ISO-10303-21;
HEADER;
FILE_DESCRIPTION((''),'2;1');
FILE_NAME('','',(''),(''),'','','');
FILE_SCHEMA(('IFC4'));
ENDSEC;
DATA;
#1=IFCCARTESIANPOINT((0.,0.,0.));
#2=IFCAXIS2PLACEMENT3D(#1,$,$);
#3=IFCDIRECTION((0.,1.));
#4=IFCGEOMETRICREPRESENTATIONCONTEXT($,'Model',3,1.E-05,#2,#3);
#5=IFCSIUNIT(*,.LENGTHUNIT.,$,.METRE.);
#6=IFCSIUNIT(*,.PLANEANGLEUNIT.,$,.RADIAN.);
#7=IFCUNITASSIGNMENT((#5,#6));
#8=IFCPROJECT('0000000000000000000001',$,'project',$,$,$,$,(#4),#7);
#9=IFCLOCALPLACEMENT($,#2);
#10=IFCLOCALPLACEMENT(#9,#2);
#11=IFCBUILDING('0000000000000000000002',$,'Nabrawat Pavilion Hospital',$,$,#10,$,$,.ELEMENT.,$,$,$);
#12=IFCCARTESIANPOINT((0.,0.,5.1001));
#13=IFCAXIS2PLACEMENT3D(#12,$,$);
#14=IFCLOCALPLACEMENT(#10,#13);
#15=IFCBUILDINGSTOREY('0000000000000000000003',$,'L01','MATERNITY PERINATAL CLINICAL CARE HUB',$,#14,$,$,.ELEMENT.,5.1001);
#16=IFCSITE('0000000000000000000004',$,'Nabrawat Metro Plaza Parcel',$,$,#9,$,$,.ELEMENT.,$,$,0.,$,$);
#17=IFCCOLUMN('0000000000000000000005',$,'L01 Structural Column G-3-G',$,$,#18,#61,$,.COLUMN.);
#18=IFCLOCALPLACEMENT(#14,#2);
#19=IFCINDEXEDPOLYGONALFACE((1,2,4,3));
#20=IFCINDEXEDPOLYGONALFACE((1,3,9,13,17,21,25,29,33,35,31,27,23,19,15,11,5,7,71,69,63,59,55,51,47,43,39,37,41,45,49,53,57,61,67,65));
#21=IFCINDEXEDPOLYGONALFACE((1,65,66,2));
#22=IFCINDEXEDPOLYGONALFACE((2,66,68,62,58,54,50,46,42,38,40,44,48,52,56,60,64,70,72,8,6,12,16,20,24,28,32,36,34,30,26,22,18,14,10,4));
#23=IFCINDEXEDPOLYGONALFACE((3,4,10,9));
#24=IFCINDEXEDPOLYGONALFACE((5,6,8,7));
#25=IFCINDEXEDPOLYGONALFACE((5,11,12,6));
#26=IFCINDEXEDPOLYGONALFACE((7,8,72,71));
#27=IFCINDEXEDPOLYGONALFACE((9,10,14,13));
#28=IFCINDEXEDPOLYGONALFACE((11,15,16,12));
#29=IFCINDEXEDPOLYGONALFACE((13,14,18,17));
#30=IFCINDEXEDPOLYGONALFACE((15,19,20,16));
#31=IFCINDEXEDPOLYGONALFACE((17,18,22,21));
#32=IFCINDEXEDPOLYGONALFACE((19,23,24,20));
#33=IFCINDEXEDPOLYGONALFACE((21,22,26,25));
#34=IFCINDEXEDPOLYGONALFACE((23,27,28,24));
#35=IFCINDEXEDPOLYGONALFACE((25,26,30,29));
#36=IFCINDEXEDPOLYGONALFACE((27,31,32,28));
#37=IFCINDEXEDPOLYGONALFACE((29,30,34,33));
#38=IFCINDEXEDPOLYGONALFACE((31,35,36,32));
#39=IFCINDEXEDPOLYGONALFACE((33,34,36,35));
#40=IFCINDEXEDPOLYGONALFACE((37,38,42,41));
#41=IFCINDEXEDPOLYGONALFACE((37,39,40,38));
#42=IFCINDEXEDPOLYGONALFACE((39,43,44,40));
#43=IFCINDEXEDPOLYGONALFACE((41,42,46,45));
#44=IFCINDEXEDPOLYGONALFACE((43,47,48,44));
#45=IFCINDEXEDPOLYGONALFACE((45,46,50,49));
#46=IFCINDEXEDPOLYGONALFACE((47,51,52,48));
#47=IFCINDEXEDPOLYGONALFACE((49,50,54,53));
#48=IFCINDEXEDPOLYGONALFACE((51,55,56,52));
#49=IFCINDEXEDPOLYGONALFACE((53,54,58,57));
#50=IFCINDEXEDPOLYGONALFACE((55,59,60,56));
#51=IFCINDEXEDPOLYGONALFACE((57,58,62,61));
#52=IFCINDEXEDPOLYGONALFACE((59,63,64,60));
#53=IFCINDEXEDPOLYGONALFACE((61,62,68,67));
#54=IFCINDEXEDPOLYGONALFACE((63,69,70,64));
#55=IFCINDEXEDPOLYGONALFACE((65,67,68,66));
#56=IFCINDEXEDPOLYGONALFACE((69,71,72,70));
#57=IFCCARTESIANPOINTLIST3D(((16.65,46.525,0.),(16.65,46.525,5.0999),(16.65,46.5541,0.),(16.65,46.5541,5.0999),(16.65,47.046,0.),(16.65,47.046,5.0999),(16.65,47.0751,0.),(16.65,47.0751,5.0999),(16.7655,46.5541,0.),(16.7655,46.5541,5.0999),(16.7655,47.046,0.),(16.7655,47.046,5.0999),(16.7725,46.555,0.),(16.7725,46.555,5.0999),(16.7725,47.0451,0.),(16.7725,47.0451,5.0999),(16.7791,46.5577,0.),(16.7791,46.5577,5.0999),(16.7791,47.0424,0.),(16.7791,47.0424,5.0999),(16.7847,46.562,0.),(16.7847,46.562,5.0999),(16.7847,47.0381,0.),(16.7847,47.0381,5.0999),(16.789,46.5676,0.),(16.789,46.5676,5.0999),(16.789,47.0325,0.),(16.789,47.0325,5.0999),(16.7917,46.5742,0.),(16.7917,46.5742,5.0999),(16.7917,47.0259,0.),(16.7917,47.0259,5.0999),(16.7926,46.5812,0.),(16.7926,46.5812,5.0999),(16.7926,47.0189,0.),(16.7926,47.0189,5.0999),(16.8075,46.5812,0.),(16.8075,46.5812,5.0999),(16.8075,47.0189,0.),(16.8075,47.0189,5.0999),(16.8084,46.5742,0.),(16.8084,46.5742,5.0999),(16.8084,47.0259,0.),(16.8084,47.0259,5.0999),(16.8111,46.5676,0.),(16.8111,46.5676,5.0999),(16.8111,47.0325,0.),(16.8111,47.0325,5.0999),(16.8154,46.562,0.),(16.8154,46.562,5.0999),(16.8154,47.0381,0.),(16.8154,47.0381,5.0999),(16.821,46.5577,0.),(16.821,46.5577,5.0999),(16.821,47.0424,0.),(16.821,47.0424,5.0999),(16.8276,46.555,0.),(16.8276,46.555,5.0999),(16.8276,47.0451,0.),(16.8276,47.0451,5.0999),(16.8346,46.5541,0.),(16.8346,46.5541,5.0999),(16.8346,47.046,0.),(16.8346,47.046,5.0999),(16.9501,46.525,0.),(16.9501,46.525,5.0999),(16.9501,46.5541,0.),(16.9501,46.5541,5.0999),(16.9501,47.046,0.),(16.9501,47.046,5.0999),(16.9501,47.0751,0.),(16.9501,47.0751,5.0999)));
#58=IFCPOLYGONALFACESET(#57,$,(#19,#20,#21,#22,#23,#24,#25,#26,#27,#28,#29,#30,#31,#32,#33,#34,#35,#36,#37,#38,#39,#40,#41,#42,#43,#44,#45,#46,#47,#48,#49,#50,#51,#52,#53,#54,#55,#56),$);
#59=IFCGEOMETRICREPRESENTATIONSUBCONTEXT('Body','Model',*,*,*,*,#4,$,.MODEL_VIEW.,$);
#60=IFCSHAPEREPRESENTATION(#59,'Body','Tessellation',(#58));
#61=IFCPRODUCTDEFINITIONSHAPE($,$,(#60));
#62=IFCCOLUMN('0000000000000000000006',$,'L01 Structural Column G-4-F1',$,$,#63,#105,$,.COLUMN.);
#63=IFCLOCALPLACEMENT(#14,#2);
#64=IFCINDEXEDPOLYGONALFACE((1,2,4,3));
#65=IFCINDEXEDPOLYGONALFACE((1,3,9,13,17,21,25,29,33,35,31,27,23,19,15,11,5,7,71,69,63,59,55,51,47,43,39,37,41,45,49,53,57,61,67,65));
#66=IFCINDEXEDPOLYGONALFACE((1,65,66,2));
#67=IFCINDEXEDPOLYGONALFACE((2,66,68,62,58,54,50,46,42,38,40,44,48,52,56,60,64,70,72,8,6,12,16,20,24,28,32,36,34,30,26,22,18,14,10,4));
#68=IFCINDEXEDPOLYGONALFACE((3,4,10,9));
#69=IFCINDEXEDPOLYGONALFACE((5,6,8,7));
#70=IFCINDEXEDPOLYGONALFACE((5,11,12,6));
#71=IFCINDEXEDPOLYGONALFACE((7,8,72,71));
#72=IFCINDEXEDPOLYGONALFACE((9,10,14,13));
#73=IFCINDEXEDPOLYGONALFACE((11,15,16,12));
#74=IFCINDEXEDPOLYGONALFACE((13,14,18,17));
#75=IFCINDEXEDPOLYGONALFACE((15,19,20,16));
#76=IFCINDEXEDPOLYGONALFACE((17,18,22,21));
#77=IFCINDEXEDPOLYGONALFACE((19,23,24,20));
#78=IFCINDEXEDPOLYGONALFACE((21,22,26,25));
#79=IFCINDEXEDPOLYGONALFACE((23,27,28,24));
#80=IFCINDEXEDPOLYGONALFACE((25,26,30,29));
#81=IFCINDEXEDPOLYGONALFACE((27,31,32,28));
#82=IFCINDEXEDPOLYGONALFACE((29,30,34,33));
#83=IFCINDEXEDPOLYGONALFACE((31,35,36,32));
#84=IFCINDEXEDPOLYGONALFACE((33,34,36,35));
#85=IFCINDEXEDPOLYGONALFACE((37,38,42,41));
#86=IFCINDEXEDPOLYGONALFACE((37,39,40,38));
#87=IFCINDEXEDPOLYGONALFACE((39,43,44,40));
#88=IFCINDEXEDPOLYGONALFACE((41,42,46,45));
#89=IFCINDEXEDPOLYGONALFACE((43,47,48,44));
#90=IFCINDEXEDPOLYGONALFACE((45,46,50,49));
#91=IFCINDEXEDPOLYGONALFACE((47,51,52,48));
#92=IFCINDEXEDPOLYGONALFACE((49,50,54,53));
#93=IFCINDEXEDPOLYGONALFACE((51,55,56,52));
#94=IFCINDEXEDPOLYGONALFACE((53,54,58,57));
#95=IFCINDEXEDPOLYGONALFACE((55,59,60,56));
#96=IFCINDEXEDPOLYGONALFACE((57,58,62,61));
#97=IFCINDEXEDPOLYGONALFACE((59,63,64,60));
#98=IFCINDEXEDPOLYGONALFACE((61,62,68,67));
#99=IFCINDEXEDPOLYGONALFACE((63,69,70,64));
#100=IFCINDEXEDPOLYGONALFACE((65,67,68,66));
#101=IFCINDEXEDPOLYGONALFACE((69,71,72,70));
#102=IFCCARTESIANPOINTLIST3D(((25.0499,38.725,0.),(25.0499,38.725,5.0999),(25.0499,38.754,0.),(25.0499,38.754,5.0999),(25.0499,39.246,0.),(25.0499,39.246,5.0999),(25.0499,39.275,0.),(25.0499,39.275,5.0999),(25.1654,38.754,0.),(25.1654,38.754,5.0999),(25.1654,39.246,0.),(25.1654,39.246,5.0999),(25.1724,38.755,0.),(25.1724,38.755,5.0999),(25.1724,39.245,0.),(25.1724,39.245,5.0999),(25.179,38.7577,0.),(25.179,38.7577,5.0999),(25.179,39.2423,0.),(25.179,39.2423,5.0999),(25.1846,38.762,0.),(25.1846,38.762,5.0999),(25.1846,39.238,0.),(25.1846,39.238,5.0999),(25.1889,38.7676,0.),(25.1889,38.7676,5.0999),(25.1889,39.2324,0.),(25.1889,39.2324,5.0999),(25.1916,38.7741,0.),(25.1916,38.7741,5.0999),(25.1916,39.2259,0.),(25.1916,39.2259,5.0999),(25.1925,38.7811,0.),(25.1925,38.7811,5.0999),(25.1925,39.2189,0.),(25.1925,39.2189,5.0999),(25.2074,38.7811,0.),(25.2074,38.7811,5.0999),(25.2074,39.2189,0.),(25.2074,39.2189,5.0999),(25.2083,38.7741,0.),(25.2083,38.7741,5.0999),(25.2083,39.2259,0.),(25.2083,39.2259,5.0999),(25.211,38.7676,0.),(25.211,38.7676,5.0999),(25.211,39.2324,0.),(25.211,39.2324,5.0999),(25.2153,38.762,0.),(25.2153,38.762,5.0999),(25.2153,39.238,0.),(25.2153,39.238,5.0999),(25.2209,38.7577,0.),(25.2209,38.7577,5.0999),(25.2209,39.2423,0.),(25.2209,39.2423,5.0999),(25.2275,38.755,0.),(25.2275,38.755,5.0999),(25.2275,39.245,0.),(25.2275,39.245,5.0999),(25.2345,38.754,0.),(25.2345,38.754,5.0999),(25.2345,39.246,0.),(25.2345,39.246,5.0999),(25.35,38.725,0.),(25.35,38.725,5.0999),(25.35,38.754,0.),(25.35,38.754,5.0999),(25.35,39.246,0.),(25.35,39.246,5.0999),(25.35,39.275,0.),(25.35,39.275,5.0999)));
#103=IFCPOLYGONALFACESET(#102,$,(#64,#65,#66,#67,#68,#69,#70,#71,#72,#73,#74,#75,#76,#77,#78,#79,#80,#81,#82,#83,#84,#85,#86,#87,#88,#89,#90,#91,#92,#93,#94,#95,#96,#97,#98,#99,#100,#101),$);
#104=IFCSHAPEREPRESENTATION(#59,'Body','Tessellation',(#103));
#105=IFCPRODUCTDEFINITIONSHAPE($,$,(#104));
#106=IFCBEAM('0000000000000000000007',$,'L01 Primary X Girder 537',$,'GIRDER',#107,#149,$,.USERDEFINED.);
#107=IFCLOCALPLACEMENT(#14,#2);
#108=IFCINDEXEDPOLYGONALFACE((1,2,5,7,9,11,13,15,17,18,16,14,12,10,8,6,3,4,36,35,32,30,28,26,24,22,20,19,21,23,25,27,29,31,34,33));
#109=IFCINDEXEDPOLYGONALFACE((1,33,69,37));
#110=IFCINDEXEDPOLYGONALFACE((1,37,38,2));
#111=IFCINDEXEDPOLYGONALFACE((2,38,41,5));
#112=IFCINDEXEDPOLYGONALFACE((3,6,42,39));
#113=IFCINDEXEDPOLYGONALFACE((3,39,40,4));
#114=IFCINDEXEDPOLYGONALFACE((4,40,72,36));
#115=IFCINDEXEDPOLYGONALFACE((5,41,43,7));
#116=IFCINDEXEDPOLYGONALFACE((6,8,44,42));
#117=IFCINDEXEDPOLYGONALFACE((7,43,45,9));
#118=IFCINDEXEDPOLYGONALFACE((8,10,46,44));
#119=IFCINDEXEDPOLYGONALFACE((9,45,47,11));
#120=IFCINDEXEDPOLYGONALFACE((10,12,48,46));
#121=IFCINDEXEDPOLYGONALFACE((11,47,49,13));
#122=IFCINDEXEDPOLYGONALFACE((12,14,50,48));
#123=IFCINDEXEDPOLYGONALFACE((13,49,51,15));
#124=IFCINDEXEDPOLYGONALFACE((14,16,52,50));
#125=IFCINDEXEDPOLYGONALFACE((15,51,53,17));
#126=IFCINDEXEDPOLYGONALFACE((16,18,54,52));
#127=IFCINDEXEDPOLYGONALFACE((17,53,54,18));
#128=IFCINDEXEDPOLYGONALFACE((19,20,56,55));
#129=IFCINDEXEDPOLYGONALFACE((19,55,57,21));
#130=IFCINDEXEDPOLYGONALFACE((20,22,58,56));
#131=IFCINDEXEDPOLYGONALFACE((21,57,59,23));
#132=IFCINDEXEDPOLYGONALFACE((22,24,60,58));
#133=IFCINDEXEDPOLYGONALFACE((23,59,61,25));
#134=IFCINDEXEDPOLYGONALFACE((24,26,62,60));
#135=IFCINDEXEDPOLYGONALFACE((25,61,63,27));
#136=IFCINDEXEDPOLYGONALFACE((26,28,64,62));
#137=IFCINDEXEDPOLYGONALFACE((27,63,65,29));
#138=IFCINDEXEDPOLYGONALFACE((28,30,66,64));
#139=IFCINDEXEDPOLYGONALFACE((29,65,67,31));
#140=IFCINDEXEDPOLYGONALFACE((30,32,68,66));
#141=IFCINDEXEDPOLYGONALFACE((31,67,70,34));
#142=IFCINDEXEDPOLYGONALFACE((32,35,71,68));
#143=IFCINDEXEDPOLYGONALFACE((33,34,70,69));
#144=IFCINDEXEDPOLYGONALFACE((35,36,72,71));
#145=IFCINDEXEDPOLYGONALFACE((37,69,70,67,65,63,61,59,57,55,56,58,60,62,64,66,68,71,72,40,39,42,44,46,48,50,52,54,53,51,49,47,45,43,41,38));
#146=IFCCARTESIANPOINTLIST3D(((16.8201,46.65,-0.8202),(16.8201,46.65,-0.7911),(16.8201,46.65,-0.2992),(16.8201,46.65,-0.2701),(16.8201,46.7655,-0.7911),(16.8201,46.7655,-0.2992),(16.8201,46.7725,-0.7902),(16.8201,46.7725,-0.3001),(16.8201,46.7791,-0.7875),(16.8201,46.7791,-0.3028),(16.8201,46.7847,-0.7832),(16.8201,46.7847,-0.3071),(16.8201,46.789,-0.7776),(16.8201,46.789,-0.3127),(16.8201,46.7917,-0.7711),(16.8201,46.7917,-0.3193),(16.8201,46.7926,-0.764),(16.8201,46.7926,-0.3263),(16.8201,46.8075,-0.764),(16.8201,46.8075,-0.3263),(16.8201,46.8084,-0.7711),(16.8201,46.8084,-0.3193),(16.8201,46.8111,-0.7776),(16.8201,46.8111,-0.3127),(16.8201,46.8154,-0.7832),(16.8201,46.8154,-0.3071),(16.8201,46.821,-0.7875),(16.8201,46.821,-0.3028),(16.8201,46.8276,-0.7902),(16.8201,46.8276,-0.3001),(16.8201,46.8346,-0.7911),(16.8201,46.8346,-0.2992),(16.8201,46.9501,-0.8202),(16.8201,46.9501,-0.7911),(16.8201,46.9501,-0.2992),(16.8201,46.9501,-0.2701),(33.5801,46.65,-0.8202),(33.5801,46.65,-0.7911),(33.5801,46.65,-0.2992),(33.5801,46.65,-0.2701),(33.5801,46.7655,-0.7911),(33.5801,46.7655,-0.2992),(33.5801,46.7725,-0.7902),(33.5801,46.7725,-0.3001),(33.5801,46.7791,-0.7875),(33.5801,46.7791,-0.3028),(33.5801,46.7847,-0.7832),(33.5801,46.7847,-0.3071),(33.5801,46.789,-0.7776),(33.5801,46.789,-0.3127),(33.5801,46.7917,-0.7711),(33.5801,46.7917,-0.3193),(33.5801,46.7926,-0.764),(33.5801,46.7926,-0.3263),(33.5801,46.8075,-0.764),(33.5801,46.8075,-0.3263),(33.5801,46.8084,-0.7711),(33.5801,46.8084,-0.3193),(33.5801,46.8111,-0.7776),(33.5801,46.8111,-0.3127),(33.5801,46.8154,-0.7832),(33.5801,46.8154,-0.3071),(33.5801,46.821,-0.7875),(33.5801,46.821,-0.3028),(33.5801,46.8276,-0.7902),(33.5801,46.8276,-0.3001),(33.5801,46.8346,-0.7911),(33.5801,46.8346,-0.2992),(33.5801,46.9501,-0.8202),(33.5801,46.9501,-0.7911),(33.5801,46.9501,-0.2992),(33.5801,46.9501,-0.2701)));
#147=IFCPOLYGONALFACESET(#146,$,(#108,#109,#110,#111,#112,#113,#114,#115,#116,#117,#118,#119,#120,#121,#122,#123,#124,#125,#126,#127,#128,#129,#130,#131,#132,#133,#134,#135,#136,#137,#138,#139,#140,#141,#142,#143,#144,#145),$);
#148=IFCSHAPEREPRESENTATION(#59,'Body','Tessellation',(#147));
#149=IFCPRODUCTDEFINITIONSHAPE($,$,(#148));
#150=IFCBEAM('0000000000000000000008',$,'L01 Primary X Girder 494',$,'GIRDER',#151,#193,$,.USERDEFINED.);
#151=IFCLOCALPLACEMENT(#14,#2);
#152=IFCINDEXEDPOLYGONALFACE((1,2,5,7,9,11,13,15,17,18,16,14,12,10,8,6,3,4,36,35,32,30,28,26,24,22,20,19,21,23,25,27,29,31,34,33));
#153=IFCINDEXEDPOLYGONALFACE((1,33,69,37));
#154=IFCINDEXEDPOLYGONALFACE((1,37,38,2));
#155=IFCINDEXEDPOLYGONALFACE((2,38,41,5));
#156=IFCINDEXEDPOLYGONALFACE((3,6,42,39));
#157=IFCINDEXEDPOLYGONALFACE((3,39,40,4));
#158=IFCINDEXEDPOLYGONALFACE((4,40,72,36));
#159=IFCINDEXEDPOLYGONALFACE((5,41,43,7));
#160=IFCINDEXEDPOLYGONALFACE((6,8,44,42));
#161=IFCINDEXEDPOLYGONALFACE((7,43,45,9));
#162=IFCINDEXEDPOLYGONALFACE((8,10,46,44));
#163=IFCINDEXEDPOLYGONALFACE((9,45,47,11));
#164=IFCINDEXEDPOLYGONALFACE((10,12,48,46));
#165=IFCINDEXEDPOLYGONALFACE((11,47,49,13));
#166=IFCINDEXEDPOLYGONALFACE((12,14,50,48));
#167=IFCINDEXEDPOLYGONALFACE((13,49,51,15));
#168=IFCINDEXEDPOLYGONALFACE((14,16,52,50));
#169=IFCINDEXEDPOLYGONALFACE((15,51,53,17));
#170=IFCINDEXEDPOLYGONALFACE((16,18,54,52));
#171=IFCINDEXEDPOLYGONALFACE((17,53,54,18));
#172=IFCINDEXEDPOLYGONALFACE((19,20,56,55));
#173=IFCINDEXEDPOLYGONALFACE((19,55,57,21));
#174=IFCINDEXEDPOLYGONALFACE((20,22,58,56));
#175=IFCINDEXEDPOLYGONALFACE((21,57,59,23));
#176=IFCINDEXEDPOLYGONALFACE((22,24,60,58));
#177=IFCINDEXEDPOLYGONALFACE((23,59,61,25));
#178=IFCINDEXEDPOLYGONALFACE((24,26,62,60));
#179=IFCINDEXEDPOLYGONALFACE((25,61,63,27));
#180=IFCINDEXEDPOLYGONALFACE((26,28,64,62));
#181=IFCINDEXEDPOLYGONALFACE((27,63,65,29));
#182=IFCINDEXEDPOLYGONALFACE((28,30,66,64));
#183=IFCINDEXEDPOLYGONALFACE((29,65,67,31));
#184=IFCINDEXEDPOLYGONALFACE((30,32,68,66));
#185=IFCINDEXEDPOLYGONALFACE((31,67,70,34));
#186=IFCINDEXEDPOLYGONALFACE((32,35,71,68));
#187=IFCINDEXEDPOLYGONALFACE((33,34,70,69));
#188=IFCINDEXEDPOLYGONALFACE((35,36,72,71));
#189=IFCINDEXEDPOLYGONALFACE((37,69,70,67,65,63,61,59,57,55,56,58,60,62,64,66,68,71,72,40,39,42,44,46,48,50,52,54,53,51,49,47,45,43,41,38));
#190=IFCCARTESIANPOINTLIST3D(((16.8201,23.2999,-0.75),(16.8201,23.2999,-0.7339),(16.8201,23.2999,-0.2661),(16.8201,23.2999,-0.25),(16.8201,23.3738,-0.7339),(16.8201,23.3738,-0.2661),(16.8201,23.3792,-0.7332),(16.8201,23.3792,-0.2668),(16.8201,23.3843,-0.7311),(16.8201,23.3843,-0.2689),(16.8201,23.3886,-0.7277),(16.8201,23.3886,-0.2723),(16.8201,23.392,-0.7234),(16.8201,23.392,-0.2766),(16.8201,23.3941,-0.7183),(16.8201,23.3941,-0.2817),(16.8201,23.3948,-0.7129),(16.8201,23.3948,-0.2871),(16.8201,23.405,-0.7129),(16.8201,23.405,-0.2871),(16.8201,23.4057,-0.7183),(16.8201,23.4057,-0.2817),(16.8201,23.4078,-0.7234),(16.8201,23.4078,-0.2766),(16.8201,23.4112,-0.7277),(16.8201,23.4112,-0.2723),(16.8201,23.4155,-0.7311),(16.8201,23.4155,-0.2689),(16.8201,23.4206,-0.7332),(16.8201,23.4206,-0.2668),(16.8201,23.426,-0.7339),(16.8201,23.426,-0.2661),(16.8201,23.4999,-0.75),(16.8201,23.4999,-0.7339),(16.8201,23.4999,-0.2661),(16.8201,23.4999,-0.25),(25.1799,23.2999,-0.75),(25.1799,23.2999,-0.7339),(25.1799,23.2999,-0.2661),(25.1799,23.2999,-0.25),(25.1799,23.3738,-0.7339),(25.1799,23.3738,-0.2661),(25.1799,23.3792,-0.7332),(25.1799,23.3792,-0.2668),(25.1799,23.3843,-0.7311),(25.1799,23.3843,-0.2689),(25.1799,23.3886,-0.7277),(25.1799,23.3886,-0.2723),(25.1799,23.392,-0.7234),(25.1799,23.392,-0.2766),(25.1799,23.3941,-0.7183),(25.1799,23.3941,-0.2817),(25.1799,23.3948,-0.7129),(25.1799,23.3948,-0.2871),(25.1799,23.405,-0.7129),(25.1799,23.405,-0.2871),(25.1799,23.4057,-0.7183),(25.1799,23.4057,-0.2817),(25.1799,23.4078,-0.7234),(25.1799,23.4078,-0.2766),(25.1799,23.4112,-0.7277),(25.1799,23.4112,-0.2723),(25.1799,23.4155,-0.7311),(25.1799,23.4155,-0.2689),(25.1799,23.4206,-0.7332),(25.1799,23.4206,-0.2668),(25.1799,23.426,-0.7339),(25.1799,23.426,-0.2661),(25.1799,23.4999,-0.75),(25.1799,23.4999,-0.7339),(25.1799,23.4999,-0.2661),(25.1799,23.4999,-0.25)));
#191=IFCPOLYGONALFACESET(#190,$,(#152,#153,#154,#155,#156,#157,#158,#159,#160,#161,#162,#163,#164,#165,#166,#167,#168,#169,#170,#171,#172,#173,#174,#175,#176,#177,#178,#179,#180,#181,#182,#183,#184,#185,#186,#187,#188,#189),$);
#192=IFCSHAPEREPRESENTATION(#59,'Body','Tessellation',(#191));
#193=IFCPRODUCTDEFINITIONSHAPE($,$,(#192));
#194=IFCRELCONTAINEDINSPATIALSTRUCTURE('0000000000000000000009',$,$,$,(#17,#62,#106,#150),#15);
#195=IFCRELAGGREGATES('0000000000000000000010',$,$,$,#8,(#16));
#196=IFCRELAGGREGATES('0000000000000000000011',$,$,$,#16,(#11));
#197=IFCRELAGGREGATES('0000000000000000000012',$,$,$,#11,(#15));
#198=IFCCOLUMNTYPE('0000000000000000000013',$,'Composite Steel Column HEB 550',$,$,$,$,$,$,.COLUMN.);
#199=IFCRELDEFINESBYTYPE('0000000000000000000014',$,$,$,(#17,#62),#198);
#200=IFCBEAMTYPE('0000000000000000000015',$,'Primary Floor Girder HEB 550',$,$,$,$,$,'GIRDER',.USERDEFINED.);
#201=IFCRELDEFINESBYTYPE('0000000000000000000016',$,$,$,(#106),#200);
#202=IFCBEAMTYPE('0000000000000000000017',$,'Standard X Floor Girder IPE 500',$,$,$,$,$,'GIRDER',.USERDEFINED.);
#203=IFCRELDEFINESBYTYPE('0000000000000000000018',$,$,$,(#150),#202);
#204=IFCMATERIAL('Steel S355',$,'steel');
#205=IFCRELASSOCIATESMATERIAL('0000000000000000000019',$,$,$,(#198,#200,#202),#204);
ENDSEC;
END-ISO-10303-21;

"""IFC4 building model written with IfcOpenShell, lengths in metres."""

from ifc_helpers import new_model, si_unit, direction, frame, origin, origin_2d, place, context, subcontext, project, spatial, i_section, extrude, material, material_profile, profile_set, type_object, element, save


model = new_model("IFC4")

# Units and contexts
model_context = context("Model", 3, precision=1e-05, world=origin(), true_north=direction((0.0, 1.0)))
body_context = subcontext(model_context, "Body", "Model", "MODEL_VIEW")
ifc_project = project(units=[si_unit("LENGTHUNIT", "METRE"), si_unit("PLANEANGLEUNIT", "RADIAN")], contexts=[model_context])

# Site, building, storey
site_placement = place(None, origin())
site = spatial("IfcSite", under=ifc_project, at=site_placement, Name="Nabrawat Metro Plaza Parcel", CompositionType="ELEMENT", RefElevation=0.0)
building_placement = place(site_placement, origin())
building = spatial("IfcBuilding", under=site, at=building_placement, Name="Nabrawat Pavilion Hospital", CompositionType="ELEMENT")
storey_placement = place(building_placement, frame((0.0, 0.0, 5.1001)))
storey = spatial("IfcBuildingStorey", under=building, at=storey_placement, Name="L01", Description="MATERNITY PERINATAL CLINICAL CARE HUB", CompositionType="ELEMENT", Elevation=5.1001)

# Columns
ifc_material_1 = material(Name="Steel S355", Category="steel")
ifc_material_profile_1 = material_profile(ifc_material_1, i_section(OverallWidth=0.3, OverallDepth=0.55, WebThickness=0.0149, FlangeThickness=0.0291, FilletRadius=0.0271, at=origin_2d()), Name="HEB 550")
ifc_profile_set_1 = profile_set([ifc_material_profile_1], Name="Steel S355")
column_type_1 = type_object("IfcColumnType", Name="Composite Steel Column HEB 550", PredefinedType="COLUMN", material=ifc_profile_set_1)
for number, where, z_axis, x_axis, name in (
    (1, (16.8, 46.8, 0.0), (0.0, 0.0, 1.0), (1.0, 0.0, 0.0), "L01 Structural Column G-3-G"),
    (2, (25.2, 39.0, 0.0), (0.0, 0.0, 1.0), (1.0, 0.0, 0.0), "L01 Structural Column G-4-F1"),
):
    element("IfcColumn", number, at=place(storey_placement, frame(where, z_axis=z_axis, x_axis=x_axis)), inside=storey, type_object=column_type_1, Name=name, PredefinedType="COLUMN", context=body_context, shape_type="SweptSolid", body=[
        extrude(i_section(OverallWidth=0.3, OverallDepth=0.55, WebThickness=0.0149, FlangeThickness=0.0291, FilletRadius=0.0271, at=origin_2d()), origin(), (0.0, 0.0, 1.0), 5.0999),
    ])

# Beams
ifc_material_profile_2 = material_profile(ifc_material_1, i_section(OverallWidth=0.3, OverallDepth=0.55, WebThickness=0.0149, FlangeThickness=0.0291, FilletRadius=0.0271, at=origin_2d()), Name="HEB 550")
ifc_profile_set_2 = profile_set([ifc_material_profile_2], Name="Steel S355")
beam_type_1 = type_object("IfcBeamType", Name="Primary Floor Girder HEB 550", ElementType="GIRDER", PredefinedType="USERDEFINED", material=ifc_profile_set_2)
beam_1_placement = place(storey_placement, frame((16.8201, 46.8, -0.5452), z_axis=(1.0, 0.0, 0.0), x_axis=(0.0, 1.0, 0.0)))
element("IfcBeam", 3, at=beam_1_placement, inside=storey, type_object=beam_type_1, Name="L01 Primary X Girder 537", ObjectType="GIRDER", PredefinedType="USERDEFINED", context=body_context, shape_type="SweptSolid", body=[
    extrude(i_section(OverallWidth=0.3, OverallDepth=0.55, WebThickness=0.0149, FlangeThickness=0.0291, FilletRadius=0.0271, at=origin_2d()), origin(), (0.0, 0.0, 1.0), 16.76),
])
ifc_material_profile_3 = material_profile(ifc_material_1, i_section(OverallWidth=0.2, OverallDepth=0.5, WebThickness=0.0103, FlangeThickness=0.0161, FilletRadius=0.021, at=origin_2d()), Name="IPE 500")
ifc_profile_set_3 = profile_set([ifc_material_profile_3], Name="Steel S355")
beam_type_2 = type_object("IfcBeamType", Name="Standard X Floor Girder IPE 500", ElementType="GIRDER", PredefinedType="USERDEFINED", material=ifc_profile_set_3)
beam_2_placement = place(storey_placement, frame((16.8201, 23.3999, -0.5), z_axis=(1.0, 0.0, 0.0), x_axis=(0.0, 1.0, 0.0)))
element("IfcBeam", 4, at=beam_2_placement, inside=storey, type_object=beam_type_2, Name="L01 Primary X Girder 494", ObjectType="GIRDER", PredefinedType="USERDEFINED", context=body_context, shape_type="SweptSolid", body=[
    extrude(i_section(OverallWidth=0.2, OverallDepth=0.5, WebThickness=0.0103, FlangeThickness=0.0161, FilletRadius=0.021, at=origin_2d()), origin(), (0.0, 0.0, 1.0), 8.3599),
])

save(model, "model.ifc")
